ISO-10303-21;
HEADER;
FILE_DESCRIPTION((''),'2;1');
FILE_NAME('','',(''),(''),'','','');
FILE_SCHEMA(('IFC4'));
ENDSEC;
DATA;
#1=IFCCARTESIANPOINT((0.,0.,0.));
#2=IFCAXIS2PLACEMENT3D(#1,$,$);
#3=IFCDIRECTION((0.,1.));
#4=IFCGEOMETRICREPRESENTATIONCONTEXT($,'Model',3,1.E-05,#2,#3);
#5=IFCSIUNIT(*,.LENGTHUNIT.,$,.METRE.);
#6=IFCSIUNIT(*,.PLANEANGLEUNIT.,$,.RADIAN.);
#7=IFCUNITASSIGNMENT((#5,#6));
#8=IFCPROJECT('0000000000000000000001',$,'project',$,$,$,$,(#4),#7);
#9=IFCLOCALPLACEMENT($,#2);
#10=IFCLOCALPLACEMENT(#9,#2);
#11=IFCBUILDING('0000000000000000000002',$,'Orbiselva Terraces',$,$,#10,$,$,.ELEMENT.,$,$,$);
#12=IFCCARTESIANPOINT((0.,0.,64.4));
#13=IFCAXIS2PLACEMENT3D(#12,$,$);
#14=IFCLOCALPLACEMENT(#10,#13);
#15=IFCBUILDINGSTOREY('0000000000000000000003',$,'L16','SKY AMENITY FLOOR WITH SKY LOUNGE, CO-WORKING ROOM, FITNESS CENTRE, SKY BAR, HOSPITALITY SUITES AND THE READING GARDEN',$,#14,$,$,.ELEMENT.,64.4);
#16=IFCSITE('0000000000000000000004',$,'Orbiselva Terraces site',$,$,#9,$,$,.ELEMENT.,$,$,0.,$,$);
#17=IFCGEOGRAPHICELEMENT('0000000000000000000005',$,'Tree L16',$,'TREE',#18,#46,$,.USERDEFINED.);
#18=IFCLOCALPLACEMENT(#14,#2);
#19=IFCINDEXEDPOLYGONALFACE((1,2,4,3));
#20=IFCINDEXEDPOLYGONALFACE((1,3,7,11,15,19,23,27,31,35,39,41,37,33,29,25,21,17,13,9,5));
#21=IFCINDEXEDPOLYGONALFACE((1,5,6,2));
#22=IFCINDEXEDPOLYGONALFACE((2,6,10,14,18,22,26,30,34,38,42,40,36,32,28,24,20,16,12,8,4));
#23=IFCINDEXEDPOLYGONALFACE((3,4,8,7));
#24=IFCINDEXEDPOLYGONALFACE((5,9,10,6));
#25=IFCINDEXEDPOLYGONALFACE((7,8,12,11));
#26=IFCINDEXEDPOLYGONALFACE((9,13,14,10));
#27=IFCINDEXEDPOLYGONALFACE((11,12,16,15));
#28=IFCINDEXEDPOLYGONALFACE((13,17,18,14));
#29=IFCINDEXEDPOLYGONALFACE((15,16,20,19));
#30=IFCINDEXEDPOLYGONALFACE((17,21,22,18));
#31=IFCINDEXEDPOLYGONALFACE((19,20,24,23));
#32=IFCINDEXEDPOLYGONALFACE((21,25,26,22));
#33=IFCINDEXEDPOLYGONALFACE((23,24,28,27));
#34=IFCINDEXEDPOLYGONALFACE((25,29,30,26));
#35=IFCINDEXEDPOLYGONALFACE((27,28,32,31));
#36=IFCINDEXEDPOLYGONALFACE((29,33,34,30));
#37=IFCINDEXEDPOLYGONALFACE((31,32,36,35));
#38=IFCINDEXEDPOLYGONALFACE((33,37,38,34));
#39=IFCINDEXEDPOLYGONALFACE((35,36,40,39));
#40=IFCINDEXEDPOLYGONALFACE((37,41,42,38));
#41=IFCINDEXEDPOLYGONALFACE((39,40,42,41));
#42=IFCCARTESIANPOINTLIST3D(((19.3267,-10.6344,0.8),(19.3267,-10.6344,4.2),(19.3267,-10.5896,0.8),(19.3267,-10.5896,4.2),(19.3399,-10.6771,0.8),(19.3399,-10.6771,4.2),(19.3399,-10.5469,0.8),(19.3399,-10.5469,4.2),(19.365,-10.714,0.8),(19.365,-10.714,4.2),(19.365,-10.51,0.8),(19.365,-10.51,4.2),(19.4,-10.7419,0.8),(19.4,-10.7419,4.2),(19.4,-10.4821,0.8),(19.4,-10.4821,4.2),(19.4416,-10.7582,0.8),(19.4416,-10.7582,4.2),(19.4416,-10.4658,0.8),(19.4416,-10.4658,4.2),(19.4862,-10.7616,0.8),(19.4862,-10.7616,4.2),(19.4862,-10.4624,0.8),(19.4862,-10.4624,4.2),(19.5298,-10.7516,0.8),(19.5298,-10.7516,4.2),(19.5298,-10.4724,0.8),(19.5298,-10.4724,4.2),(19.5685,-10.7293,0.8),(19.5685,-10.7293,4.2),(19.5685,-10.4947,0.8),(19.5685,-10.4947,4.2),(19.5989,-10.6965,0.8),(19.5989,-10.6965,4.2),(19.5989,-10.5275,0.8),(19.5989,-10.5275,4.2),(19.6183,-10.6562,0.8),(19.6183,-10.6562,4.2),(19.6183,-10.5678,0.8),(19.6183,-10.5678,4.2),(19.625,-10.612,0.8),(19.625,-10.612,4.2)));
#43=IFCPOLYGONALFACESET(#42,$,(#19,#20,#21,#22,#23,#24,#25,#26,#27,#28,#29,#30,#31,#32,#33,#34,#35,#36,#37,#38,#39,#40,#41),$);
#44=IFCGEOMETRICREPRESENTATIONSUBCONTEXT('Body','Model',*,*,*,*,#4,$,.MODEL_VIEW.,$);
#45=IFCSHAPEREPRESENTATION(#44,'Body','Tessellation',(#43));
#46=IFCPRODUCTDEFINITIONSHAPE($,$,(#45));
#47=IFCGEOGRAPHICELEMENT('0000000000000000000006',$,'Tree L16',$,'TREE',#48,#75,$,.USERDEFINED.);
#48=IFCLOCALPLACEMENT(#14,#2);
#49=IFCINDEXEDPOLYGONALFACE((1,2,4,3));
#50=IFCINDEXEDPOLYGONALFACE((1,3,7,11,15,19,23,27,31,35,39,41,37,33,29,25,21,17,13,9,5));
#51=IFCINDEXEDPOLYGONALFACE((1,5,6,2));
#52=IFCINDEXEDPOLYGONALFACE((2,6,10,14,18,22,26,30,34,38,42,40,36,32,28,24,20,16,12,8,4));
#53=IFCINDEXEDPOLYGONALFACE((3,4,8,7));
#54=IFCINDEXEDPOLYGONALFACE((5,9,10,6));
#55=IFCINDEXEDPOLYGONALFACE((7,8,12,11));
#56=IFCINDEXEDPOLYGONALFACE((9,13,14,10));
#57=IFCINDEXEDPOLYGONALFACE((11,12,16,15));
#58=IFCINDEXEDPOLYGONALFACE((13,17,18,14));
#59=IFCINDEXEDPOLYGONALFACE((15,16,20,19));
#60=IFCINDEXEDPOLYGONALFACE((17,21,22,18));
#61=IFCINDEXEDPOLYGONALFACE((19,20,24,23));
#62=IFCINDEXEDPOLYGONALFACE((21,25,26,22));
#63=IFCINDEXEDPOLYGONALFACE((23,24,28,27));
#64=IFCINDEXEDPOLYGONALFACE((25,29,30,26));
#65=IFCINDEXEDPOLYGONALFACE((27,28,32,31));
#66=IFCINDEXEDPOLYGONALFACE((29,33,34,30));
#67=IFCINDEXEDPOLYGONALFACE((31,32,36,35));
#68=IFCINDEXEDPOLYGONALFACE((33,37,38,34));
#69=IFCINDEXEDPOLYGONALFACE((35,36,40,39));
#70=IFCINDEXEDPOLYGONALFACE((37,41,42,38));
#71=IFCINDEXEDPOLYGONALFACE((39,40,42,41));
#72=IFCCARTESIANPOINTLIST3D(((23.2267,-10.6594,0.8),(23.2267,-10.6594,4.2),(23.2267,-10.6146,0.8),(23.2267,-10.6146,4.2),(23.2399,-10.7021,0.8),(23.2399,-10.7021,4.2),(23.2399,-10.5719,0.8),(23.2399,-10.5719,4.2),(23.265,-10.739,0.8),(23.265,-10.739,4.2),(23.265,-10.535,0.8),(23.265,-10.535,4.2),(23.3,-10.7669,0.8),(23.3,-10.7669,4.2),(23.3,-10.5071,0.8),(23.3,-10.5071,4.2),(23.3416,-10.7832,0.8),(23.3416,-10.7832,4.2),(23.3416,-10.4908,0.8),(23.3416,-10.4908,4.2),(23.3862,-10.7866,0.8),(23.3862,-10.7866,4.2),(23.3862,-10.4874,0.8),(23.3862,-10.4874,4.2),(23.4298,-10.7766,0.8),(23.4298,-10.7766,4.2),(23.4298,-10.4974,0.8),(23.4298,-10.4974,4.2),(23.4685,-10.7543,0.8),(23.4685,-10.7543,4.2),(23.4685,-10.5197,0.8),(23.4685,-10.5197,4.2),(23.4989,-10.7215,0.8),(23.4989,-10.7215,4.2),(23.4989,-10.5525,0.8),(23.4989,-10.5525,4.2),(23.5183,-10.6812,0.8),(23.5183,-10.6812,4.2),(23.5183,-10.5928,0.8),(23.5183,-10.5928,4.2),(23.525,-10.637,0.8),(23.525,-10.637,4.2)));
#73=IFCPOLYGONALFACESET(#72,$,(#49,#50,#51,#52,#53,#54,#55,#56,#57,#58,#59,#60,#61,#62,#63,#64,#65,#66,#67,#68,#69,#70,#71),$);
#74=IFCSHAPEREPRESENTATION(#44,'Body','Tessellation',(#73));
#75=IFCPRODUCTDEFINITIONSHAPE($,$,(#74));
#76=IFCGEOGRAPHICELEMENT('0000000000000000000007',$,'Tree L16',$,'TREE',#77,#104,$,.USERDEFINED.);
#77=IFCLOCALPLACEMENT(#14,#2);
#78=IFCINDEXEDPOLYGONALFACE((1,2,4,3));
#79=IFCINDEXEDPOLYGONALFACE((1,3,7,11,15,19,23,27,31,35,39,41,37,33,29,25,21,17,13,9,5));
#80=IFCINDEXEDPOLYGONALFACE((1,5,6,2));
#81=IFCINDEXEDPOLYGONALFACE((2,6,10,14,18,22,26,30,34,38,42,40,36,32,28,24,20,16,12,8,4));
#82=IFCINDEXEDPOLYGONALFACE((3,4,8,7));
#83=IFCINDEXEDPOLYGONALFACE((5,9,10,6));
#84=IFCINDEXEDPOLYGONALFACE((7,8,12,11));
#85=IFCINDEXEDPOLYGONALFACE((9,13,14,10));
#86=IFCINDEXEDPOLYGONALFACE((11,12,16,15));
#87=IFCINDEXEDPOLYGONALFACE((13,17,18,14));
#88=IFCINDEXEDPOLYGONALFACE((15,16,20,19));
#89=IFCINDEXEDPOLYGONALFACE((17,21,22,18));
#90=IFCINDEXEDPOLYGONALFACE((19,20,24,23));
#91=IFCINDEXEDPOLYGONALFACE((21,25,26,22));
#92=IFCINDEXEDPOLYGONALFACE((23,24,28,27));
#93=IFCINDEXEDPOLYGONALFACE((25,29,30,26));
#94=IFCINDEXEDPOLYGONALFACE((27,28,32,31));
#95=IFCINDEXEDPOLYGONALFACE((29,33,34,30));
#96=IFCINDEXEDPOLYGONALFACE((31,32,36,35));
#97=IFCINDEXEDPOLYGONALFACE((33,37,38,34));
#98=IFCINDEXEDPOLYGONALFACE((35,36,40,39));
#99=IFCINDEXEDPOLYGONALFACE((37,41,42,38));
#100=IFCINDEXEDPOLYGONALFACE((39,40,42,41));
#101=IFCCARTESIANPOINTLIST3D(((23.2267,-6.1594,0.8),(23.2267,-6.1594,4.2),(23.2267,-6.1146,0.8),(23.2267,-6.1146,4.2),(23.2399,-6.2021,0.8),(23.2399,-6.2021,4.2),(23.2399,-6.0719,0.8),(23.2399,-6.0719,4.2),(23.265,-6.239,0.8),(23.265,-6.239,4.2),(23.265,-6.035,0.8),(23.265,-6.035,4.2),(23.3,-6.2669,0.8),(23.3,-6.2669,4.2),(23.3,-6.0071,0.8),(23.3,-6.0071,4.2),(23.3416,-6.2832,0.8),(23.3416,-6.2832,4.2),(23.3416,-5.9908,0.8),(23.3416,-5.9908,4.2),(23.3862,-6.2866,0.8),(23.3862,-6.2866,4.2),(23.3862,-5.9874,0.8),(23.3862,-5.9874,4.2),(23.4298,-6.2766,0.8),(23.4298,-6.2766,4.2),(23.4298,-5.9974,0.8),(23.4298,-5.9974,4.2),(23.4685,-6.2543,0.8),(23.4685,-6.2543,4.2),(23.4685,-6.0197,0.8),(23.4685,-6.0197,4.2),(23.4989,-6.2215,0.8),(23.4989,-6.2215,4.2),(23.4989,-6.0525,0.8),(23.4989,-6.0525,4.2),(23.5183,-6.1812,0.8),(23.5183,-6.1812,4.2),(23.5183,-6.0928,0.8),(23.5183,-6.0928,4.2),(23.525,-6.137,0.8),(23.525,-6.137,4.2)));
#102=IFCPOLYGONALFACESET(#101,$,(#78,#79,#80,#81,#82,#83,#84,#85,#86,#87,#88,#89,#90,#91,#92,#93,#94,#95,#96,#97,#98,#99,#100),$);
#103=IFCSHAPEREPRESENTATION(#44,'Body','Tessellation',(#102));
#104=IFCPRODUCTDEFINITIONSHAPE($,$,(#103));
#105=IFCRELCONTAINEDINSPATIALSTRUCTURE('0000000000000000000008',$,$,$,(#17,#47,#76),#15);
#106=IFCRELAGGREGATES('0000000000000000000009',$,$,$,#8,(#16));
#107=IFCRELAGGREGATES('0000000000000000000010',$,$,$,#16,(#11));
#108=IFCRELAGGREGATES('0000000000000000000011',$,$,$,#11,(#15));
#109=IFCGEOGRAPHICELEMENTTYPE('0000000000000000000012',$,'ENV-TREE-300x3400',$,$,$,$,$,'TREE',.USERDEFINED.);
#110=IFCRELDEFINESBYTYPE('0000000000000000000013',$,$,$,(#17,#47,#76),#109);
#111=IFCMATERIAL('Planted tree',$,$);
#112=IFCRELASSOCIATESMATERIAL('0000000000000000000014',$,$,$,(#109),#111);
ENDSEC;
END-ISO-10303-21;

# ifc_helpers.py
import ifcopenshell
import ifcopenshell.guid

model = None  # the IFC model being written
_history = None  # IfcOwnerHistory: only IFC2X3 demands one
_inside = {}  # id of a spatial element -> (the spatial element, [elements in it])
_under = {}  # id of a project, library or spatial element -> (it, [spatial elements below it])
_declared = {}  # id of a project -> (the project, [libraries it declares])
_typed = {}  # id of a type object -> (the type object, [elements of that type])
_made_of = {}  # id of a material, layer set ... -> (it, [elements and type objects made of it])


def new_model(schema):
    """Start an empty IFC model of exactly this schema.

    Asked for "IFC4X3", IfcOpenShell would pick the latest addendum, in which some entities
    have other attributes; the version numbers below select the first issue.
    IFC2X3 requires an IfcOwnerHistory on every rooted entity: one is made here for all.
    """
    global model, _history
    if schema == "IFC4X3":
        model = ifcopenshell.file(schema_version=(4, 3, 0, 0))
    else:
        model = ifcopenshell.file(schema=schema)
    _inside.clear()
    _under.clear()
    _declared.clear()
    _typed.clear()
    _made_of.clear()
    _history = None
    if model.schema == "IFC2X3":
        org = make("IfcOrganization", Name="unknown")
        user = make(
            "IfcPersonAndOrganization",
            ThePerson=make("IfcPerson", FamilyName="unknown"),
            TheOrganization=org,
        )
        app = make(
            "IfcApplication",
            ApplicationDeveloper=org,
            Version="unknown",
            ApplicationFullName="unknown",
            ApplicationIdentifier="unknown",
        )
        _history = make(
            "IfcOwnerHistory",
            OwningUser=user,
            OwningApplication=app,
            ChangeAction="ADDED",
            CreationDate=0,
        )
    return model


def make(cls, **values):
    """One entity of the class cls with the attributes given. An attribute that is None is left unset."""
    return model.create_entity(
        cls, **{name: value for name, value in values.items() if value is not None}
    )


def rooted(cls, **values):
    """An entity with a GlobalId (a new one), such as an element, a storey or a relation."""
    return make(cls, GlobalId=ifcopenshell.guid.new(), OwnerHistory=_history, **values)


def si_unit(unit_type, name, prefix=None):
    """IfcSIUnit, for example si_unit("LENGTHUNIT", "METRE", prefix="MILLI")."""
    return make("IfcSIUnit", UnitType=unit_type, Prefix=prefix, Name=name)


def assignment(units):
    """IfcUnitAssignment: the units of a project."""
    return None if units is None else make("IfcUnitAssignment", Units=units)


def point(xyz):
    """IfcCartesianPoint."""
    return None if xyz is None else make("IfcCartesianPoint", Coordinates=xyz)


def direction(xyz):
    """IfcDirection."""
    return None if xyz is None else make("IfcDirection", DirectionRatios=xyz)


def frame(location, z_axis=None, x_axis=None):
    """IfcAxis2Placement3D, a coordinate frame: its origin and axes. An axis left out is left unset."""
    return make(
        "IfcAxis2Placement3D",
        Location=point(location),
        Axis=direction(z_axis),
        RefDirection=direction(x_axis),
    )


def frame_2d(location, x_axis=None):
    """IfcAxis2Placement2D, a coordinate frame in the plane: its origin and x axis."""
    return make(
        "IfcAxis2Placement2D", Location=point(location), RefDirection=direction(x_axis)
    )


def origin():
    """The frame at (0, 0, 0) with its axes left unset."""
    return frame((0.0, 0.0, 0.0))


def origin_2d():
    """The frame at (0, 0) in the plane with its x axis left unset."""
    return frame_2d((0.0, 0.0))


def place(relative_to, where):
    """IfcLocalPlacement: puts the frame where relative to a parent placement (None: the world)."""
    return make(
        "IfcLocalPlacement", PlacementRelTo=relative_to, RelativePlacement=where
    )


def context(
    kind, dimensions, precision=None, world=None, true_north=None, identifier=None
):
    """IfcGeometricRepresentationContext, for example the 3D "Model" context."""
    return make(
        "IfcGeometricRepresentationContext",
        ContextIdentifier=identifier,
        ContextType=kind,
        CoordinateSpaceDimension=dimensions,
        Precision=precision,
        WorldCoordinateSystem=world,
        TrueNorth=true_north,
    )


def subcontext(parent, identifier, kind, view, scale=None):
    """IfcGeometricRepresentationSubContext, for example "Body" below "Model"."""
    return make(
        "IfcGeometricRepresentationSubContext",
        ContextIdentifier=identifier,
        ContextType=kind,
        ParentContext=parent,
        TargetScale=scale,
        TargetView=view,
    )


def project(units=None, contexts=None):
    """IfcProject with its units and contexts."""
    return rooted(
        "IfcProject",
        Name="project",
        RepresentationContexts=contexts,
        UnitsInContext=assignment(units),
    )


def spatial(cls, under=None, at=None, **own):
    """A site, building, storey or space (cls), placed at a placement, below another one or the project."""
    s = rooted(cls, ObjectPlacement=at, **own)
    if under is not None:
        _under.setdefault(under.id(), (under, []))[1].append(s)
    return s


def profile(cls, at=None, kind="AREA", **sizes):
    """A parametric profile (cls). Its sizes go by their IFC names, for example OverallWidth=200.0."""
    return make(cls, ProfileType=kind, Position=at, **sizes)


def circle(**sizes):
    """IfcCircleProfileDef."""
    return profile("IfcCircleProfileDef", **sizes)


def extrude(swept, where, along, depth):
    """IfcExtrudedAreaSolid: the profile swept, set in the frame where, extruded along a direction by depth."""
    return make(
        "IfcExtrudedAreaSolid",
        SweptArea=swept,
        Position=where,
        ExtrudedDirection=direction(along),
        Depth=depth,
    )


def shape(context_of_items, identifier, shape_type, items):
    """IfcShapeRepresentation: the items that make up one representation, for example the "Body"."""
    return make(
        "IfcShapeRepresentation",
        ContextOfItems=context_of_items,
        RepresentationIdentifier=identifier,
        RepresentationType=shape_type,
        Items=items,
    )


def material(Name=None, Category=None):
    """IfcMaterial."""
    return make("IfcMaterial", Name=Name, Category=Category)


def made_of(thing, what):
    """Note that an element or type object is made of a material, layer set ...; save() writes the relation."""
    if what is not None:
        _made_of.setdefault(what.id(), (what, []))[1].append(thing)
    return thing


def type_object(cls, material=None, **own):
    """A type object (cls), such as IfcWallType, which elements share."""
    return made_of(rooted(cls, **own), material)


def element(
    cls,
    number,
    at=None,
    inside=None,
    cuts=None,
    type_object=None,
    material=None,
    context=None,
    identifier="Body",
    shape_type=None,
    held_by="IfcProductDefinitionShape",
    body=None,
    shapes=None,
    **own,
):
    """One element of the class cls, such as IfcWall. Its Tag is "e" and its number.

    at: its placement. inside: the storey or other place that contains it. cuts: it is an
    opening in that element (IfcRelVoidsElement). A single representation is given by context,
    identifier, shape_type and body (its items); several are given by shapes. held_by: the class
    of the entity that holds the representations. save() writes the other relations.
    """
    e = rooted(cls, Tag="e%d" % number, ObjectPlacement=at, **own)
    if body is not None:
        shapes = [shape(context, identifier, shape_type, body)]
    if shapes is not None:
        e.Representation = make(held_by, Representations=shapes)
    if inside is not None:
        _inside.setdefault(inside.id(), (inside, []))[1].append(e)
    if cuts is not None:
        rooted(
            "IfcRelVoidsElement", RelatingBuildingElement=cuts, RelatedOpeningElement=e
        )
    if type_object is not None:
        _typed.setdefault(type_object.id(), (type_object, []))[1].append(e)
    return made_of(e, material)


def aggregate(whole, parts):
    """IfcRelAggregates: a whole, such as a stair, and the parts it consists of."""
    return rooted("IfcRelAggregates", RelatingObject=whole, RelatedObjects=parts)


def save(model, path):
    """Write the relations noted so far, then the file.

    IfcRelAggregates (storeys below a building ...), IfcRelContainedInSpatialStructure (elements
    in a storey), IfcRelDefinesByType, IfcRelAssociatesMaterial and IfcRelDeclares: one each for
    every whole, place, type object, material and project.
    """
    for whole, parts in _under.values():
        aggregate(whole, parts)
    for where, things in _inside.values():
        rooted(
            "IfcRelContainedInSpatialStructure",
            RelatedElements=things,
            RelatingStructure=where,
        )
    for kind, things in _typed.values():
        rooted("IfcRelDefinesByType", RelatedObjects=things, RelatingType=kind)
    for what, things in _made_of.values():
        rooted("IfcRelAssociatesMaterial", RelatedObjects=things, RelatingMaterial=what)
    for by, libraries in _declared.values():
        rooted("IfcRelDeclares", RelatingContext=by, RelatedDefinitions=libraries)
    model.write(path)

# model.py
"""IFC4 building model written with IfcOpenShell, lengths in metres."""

from ifc_helpers import new_model, si_unit, direction, frame, origin, origin_2d, place, context, subcontext, project, spatial, circle, extrude, material, type_object, element, save


model = new_model("IFC4")

# Units and contexts
model_context = context("Model", 3, precision=1e-05, world=origin(), true_north=direction((0.0, 1.0)))
body_context = subcontext(model_context, "Body", "Model", "MODEL_VIEW")
ifc_project = project(units=[si_unit("LENGTHUNIT", "METRE"), si_unit("PLANEANGLEUNIT", "RADIAN")], contexts=[model_context])

# Site, building, storey
site_placement = place(None, origin())
site = spatial("IfcSite", under=ifc_project, at=site_placement, Name="Orbiselva Terraces site", CompositionType="ELEMENT", RefElevation=0.0)
building_placement = place(site_placement, origin())
building = spatial("IfcBuilding", under=site, at=building_placement, Name="Orbiselva Terraces", CompositionType="ELEMENT")
storey_placement = place(building_placement, frame((0.0, 0.0, 64.4)))
storey = spatial("IfcBuildingStorey", under=building, at=storey_placement, Name="L16", Description="SKY AMENITY FLOOR WITH SKY LOUNGE, CO-WORKING ROOM, FITNESS CENTRE, SKY BAR, HOSPITALITY SUITES AND THE READING GARDEN", CompositionType="ELEMENT", Elevation=64.4)

# Geographic elements
ifc_material_1 = material(Name="Planted tree")
geographic_element_type = type_object("IfcGeographicElementType", Name="ENV-TREE-300x3400", ElementType="TREE", PredefinedType="USERDEFINED", material=ifc_material_1)
for number, where, z_axis, x_axis, name in (
    (1, (19.475, -10.612, 4.2), (0.0, 0.0, -1.0), (1.0, 0.0, 0.0), "Tree L16"),
    (2, (23.375, -10.637, 4.2), (0.0, 0.0, -1.0), (1.0, 0.0, 0.0), "Tree L16"),
    (3, (23.375, -6.137, 4.2), (0.0, 0.0, -1.0), (1.0, 0.0, 0.0), "Tree L16"),
):
    element("IfcGeographicElement", number, at=place(storey_placement, frame(where, z_axis=z_axis, x_axis=x_axis)), inside=storey, type_object=geographic_element_type, Name=name, ObjectType="TREE", PredefinedType="USERDEFINED", context=body_context, shape_type="SweptSolid", body=[
        extrude(circle(Radius=0.15, at=origin_2d()), origin(), (0.0, 0.0, 1.0), 3.4),
    ])

save(model, "model.ifc")
